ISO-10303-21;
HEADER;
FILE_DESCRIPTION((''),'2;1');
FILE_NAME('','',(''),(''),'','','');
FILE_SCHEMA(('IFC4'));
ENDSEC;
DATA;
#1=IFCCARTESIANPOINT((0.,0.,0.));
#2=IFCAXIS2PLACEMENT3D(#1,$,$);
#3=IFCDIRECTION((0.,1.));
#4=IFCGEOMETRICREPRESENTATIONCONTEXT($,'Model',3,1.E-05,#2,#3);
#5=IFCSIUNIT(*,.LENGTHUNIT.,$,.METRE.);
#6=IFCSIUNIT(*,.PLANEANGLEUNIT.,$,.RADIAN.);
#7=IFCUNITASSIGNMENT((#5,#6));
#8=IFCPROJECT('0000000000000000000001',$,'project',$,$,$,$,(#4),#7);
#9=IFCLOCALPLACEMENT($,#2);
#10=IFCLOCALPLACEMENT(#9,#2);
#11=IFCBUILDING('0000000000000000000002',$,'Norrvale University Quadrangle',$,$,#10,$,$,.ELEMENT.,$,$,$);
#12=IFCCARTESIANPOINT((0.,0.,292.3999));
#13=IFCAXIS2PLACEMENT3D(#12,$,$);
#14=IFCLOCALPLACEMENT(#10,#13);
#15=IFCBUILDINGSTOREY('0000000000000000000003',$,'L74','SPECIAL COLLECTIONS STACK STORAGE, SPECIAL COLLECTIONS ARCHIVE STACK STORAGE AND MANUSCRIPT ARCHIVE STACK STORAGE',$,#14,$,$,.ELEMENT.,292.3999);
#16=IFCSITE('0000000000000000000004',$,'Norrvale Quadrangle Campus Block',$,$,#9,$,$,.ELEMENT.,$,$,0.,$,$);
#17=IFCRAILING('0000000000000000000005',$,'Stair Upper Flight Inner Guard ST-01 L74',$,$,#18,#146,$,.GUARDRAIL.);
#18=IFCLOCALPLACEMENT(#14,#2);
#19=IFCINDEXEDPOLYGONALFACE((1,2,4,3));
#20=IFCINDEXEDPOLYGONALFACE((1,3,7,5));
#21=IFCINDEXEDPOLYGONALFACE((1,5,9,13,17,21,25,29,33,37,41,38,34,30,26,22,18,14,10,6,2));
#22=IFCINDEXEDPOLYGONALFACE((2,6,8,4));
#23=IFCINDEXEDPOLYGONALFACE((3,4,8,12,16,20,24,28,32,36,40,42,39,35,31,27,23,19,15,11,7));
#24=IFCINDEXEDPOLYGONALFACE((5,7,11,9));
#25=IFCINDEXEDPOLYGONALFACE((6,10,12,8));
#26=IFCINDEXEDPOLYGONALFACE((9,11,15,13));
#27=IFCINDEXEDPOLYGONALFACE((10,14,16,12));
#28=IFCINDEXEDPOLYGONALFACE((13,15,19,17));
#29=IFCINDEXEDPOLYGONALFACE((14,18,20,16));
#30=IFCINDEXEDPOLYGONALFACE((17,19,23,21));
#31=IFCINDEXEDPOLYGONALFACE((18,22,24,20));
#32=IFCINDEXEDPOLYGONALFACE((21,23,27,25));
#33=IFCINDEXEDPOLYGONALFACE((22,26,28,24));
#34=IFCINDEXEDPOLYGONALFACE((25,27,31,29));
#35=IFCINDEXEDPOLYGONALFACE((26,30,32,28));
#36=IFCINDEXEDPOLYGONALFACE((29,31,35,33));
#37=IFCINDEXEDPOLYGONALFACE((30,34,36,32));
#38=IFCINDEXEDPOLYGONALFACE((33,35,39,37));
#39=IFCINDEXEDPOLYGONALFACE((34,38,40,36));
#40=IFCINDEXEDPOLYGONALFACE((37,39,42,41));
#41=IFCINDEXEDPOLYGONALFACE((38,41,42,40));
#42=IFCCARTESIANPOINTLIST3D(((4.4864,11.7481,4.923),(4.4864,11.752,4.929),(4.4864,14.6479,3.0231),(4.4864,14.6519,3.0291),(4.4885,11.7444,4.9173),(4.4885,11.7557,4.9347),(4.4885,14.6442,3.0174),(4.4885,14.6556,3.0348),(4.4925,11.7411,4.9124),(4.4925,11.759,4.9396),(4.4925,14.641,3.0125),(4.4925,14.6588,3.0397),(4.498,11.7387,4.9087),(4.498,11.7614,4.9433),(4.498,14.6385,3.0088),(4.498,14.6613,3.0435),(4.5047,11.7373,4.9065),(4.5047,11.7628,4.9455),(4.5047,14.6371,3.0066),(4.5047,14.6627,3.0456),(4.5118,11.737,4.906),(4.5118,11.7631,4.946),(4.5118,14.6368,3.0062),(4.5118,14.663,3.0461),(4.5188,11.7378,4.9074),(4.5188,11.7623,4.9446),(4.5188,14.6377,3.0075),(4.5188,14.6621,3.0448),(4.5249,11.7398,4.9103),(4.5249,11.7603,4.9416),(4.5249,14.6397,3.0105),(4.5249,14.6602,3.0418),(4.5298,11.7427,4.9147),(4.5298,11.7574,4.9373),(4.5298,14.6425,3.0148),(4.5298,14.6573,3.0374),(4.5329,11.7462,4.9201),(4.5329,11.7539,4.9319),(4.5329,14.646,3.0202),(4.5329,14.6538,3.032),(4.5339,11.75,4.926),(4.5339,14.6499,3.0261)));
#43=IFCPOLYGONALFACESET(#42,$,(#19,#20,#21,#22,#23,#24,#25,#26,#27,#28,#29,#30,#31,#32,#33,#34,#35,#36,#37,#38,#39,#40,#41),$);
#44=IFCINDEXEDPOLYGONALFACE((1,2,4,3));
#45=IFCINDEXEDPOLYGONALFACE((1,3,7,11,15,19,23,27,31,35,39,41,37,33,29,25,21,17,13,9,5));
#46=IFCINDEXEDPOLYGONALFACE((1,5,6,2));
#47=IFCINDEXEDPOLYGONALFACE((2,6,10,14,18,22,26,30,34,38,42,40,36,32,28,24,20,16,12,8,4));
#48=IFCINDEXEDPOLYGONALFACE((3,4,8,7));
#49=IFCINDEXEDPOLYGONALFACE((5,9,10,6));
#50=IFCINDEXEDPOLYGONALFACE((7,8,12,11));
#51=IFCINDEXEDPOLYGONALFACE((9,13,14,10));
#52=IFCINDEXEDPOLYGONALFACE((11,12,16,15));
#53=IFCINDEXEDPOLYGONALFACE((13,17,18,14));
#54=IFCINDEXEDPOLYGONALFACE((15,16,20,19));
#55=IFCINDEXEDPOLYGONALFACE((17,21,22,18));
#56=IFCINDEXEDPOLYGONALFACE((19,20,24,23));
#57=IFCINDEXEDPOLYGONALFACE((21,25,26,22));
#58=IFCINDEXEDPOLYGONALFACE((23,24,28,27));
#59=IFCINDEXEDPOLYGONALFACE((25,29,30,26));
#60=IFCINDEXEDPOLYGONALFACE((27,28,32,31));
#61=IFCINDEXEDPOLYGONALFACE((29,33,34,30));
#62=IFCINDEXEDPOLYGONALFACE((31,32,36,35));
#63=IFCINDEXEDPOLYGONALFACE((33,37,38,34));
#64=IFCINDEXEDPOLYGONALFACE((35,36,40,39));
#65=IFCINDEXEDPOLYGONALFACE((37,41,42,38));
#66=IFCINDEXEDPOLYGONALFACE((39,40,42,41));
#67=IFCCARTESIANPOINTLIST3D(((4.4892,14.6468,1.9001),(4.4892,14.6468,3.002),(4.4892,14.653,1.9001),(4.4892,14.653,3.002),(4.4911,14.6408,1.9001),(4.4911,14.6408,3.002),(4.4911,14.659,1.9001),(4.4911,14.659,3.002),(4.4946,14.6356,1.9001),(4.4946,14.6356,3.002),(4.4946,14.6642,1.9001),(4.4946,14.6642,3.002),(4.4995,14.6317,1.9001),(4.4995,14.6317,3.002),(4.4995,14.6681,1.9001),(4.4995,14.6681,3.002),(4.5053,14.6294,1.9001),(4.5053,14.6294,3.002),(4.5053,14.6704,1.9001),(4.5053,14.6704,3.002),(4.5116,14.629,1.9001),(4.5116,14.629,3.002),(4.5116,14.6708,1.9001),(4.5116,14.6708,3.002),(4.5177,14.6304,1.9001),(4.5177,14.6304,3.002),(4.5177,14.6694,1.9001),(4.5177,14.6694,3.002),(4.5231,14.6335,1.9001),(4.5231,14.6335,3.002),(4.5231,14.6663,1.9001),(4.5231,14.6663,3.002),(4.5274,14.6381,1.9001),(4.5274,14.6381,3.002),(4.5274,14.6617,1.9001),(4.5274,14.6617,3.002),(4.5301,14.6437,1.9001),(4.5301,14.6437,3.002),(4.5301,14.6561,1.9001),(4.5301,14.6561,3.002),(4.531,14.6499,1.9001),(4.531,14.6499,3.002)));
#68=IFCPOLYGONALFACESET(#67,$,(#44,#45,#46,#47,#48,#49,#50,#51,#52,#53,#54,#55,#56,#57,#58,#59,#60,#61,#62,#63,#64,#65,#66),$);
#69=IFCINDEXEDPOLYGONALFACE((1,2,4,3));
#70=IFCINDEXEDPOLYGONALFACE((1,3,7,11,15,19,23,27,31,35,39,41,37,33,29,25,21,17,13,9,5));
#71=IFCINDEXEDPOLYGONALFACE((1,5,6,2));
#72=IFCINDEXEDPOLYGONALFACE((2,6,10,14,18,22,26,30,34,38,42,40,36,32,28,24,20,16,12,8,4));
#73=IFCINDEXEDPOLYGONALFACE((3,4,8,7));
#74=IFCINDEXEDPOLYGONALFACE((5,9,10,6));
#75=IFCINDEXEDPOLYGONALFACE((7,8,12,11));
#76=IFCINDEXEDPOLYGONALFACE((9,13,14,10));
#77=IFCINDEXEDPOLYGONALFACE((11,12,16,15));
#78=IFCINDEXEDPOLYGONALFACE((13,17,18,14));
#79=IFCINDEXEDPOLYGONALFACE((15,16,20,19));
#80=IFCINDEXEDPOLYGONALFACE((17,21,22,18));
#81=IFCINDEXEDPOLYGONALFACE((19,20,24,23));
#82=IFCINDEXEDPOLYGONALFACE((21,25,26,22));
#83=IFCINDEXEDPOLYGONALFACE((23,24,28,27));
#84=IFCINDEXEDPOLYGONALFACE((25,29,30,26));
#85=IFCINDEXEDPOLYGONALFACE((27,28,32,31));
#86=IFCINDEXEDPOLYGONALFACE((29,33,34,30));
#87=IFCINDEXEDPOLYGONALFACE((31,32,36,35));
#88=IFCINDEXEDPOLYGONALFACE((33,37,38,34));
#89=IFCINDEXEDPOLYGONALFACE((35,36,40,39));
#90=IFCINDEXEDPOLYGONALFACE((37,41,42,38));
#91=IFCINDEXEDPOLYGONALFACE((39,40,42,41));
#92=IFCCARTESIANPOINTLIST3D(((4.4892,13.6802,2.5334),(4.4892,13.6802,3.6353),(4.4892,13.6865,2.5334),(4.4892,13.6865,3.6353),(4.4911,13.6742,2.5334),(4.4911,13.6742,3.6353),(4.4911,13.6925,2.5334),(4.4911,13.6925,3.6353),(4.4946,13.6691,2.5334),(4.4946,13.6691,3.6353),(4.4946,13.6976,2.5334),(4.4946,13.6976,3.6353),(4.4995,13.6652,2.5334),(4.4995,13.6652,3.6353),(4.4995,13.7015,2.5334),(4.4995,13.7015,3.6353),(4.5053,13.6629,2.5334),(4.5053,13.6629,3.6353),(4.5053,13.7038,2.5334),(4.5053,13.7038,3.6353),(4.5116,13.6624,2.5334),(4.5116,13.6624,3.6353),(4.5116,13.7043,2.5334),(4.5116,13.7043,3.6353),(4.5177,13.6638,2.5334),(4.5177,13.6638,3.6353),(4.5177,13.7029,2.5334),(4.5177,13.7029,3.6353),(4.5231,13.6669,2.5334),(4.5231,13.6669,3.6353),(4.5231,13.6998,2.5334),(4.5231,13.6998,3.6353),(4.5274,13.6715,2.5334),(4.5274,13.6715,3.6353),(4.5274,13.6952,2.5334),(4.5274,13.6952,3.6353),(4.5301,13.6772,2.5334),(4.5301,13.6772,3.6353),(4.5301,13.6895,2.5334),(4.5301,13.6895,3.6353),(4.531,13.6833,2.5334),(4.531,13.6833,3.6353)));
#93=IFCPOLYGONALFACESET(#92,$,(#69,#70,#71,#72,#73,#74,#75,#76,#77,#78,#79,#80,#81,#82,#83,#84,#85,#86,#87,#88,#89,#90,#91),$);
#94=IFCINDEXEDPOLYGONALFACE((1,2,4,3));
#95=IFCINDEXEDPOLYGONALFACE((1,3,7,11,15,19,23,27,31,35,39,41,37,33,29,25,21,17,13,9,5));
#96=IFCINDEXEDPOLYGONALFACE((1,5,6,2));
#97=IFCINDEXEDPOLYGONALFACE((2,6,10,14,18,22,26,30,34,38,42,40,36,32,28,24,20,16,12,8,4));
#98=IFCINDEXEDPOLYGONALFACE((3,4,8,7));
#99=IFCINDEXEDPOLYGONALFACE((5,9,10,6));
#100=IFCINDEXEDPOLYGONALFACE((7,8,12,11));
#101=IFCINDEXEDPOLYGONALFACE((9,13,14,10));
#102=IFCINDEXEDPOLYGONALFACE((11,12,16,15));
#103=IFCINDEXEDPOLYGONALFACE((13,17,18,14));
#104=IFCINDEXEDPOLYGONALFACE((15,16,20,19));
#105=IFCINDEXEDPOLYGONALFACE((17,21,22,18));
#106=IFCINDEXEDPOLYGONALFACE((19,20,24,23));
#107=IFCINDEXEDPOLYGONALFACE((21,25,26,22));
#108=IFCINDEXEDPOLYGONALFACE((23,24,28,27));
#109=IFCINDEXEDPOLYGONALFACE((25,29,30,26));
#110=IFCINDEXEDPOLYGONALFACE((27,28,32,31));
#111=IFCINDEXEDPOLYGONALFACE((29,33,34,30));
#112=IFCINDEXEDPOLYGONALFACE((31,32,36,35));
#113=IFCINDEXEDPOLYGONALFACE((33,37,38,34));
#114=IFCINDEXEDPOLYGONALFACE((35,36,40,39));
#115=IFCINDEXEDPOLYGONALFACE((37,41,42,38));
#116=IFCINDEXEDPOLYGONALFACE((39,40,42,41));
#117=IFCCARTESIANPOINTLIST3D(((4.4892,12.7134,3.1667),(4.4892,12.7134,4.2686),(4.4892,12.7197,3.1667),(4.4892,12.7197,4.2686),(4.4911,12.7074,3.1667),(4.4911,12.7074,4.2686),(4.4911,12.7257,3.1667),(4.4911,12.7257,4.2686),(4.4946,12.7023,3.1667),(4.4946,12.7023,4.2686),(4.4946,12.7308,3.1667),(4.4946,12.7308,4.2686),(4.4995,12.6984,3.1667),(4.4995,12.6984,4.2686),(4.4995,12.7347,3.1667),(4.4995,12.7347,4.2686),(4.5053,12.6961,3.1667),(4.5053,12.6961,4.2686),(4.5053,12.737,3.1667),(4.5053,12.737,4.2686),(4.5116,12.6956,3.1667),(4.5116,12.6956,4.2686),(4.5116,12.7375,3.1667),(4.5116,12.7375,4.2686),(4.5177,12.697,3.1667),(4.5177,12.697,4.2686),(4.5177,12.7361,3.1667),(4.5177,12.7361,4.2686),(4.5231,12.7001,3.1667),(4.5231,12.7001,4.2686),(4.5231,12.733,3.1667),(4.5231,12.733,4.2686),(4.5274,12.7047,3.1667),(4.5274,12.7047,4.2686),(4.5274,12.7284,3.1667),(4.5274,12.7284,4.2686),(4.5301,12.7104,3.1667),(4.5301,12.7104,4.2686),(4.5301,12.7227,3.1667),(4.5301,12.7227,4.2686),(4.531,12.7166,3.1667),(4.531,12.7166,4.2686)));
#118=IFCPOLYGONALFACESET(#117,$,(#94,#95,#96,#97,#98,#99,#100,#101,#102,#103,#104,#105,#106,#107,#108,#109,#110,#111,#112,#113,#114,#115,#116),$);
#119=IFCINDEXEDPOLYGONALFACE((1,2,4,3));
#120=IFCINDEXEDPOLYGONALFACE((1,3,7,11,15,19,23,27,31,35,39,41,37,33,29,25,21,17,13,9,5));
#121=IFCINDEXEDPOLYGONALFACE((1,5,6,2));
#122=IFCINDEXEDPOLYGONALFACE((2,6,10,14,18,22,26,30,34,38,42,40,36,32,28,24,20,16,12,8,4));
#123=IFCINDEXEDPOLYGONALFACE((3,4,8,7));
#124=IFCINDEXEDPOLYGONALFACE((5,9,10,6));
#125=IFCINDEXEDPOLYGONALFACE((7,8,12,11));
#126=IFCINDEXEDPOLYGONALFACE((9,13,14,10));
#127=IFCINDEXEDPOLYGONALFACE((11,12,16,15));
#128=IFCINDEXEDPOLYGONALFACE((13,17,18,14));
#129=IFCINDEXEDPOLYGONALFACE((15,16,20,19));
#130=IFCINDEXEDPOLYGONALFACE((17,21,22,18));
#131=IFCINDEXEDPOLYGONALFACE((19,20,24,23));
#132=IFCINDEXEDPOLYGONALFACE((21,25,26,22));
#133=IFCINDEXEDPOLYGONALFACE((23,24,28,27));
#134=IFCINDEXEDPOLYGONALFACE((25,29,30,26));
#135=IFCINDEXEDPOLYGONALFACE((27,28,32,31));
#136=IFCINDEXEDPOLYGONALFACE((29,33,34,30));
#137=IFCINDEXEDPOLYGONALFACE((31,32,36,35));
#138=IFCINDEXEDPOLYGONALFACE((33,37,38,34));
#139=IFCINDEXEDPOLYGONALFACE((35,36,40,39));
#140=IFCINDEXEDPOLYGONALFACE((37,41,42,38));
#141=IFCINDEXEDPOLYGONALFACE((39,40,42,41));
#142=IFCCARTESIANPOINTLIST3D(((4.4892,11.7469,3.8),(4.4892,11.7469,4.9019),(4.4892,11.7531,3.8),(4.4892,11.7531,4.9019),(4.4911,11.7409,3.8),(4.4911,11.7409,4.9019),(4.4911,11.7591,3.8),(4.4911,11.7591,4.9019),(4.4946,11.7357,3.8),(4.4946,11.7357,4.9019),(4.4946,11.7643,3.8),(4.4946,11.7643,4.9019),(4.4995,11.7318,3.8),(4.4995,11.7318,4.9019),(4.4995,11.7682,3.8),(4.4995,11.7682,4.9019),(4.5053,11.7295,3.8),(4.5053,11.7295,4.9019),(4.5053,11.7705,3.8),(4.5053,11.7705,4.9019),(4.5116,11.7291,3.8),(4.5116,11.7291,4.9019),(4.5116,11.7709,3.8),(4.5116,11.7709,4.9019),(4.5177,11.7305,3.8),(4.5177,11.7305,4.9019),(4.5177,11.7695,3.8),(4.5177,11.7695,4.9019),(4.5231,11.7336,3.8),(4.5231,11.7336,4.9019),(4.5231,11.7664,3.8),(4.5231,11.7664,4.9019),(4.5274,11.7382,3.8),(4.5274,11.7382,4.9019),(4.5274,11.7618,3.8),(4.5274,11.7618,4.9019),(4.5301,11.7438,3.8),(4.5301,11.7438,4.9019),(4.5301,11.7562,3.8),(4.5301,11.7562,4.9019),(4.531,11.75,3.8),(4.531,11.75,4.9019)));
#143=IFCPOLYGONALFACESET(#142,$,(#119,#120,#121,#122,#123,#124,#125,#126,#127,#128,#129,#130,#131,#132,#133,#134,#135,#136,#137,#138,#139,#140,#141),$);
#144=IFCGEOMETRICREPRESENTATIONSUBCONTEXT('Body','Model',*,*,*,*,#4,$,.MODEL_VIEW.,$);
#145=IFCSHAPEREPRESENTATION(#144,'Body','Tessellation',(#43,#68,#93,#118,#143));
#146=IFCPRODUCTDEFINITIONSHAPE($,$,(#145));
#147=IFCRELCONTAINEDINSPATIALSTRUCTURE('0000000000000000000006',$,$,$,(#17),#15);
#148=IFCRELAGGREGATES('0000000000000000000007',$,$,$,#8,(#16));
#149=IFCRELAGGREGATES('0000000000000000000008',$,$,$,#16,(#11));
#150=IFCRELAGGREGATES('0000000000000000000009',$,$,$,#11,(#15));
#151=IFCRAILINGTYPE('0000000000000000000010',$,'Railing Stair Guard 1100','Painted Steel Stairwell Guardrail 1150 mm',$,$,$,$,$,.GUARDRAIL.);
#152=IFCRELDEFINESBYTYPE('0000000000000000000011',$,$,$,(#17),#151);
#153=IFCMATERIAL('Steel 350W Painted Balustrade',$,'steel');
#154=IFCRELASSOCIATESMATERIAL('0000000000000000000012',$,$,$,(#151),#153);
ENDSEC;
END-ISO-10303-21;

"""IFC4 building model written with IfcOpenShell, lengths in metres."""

from ifc_helpers import new_model, si_unit, direction, frame, origin, origin_2d, place, context, subcontext, project, spatial, circle, extrude, material, type_object, element, save


model = new_model("IFC4")

# Units and contexts
model_context = context("Model", 3, precision=1e-05, world=origin(), true_north=direction((0.0, 1.0)))
body_context = subcontext(model_context, "Body", "Model", "MODEL_VIEW")
ifc_project = project(units=[si_unit("LENGTHUNIT", "METRE"), si_unit("PLANEANGLEUNIT", "RADIAN")], contexts=[model_context])

# Site, building, storey
site_placement = place(None, origin())
site = spatial("IfcSite", under=ifc_project, at=site_placement, Name="Norrvale Quadrangle Campus Block", CompositionType="ELEMENT", RefElevation=0.0)
building_placement = place(site_placement, origin())
building = spatial("IfcBuilding", under=site, at=building_placement, Name="Norrvale University Quadrangle", CompositionType="ELEMENT")
storey_placement = place(building_placement, frame((0.0, 0.0, 292.3999)))
storey = spatial("IfcBuildingStorey", under=building, at=storey_placement, Name="L74", Description="SPECIAL COLLECTIONS STACK STORAGE, SPECIAL COLLECTIONS ARCHIVE STACK STORAGE AND MANUSCRIPT ARCHIVE STACK STORAGE", CompositionType="ELEMENT", Elevation=292.3999)

# Railing
ifc_material_1 = material(Name="Steel 350W Painted Balustrade", Category="steel")
railing_type_1 = type_object("IfcRailingType", Name="Railing Stair Guard 1100", Description="Painted Steel Stairwell Guardrail 1150 mm", PredefinedType="GUARDRAIL", material=ifc_material_1)
railing_1_placement = place(storey_placement, frame((4.51, 14.6499, 1.9001)))
element("IfcRailing", 1, at=railing_1_placement, inside=storey, type_object=railing_type_1, Name="Stair Upper Flight Inner Guard ST-01 L74", PredefinedType="GUARDRAIL", context=body_context, shape_type="SweptSolid", body=[
    extrude(circle(Radius=0.0239, at=origin_2d()), frame((0.0, 0.0, 1.126), z_axis=(0.0, -0.836466, 0.548019), x_axis=(1.0, 0.0, 0.0)), (0.0, 0.0, 1.0), 3.4668),
    extrude(circle(Radius=0.021, at=origin_2d()), origin(), (0.0, 0.0, 1.0), 1.1018),
    extrude(circle(Radius=0.021, at=origin_2d()), frame((0.0, -0.9666, 0.6333)), (0.0, 0.0, 1.0), 1.1018),
    extrude(circle(Radius=0.021, at=origin_2d()), frame((0.0, -1.9333, 1.2666)), (0.0, 0.0, 1.0), 1.1018),
    extrude(circle(Radius=0.021, at=origin_2d()), frame((0.0, -2.8999, 1.8999)), (0.0, 0.0, 1.0), 1.1018),
])

save(model, "model.ifc")
